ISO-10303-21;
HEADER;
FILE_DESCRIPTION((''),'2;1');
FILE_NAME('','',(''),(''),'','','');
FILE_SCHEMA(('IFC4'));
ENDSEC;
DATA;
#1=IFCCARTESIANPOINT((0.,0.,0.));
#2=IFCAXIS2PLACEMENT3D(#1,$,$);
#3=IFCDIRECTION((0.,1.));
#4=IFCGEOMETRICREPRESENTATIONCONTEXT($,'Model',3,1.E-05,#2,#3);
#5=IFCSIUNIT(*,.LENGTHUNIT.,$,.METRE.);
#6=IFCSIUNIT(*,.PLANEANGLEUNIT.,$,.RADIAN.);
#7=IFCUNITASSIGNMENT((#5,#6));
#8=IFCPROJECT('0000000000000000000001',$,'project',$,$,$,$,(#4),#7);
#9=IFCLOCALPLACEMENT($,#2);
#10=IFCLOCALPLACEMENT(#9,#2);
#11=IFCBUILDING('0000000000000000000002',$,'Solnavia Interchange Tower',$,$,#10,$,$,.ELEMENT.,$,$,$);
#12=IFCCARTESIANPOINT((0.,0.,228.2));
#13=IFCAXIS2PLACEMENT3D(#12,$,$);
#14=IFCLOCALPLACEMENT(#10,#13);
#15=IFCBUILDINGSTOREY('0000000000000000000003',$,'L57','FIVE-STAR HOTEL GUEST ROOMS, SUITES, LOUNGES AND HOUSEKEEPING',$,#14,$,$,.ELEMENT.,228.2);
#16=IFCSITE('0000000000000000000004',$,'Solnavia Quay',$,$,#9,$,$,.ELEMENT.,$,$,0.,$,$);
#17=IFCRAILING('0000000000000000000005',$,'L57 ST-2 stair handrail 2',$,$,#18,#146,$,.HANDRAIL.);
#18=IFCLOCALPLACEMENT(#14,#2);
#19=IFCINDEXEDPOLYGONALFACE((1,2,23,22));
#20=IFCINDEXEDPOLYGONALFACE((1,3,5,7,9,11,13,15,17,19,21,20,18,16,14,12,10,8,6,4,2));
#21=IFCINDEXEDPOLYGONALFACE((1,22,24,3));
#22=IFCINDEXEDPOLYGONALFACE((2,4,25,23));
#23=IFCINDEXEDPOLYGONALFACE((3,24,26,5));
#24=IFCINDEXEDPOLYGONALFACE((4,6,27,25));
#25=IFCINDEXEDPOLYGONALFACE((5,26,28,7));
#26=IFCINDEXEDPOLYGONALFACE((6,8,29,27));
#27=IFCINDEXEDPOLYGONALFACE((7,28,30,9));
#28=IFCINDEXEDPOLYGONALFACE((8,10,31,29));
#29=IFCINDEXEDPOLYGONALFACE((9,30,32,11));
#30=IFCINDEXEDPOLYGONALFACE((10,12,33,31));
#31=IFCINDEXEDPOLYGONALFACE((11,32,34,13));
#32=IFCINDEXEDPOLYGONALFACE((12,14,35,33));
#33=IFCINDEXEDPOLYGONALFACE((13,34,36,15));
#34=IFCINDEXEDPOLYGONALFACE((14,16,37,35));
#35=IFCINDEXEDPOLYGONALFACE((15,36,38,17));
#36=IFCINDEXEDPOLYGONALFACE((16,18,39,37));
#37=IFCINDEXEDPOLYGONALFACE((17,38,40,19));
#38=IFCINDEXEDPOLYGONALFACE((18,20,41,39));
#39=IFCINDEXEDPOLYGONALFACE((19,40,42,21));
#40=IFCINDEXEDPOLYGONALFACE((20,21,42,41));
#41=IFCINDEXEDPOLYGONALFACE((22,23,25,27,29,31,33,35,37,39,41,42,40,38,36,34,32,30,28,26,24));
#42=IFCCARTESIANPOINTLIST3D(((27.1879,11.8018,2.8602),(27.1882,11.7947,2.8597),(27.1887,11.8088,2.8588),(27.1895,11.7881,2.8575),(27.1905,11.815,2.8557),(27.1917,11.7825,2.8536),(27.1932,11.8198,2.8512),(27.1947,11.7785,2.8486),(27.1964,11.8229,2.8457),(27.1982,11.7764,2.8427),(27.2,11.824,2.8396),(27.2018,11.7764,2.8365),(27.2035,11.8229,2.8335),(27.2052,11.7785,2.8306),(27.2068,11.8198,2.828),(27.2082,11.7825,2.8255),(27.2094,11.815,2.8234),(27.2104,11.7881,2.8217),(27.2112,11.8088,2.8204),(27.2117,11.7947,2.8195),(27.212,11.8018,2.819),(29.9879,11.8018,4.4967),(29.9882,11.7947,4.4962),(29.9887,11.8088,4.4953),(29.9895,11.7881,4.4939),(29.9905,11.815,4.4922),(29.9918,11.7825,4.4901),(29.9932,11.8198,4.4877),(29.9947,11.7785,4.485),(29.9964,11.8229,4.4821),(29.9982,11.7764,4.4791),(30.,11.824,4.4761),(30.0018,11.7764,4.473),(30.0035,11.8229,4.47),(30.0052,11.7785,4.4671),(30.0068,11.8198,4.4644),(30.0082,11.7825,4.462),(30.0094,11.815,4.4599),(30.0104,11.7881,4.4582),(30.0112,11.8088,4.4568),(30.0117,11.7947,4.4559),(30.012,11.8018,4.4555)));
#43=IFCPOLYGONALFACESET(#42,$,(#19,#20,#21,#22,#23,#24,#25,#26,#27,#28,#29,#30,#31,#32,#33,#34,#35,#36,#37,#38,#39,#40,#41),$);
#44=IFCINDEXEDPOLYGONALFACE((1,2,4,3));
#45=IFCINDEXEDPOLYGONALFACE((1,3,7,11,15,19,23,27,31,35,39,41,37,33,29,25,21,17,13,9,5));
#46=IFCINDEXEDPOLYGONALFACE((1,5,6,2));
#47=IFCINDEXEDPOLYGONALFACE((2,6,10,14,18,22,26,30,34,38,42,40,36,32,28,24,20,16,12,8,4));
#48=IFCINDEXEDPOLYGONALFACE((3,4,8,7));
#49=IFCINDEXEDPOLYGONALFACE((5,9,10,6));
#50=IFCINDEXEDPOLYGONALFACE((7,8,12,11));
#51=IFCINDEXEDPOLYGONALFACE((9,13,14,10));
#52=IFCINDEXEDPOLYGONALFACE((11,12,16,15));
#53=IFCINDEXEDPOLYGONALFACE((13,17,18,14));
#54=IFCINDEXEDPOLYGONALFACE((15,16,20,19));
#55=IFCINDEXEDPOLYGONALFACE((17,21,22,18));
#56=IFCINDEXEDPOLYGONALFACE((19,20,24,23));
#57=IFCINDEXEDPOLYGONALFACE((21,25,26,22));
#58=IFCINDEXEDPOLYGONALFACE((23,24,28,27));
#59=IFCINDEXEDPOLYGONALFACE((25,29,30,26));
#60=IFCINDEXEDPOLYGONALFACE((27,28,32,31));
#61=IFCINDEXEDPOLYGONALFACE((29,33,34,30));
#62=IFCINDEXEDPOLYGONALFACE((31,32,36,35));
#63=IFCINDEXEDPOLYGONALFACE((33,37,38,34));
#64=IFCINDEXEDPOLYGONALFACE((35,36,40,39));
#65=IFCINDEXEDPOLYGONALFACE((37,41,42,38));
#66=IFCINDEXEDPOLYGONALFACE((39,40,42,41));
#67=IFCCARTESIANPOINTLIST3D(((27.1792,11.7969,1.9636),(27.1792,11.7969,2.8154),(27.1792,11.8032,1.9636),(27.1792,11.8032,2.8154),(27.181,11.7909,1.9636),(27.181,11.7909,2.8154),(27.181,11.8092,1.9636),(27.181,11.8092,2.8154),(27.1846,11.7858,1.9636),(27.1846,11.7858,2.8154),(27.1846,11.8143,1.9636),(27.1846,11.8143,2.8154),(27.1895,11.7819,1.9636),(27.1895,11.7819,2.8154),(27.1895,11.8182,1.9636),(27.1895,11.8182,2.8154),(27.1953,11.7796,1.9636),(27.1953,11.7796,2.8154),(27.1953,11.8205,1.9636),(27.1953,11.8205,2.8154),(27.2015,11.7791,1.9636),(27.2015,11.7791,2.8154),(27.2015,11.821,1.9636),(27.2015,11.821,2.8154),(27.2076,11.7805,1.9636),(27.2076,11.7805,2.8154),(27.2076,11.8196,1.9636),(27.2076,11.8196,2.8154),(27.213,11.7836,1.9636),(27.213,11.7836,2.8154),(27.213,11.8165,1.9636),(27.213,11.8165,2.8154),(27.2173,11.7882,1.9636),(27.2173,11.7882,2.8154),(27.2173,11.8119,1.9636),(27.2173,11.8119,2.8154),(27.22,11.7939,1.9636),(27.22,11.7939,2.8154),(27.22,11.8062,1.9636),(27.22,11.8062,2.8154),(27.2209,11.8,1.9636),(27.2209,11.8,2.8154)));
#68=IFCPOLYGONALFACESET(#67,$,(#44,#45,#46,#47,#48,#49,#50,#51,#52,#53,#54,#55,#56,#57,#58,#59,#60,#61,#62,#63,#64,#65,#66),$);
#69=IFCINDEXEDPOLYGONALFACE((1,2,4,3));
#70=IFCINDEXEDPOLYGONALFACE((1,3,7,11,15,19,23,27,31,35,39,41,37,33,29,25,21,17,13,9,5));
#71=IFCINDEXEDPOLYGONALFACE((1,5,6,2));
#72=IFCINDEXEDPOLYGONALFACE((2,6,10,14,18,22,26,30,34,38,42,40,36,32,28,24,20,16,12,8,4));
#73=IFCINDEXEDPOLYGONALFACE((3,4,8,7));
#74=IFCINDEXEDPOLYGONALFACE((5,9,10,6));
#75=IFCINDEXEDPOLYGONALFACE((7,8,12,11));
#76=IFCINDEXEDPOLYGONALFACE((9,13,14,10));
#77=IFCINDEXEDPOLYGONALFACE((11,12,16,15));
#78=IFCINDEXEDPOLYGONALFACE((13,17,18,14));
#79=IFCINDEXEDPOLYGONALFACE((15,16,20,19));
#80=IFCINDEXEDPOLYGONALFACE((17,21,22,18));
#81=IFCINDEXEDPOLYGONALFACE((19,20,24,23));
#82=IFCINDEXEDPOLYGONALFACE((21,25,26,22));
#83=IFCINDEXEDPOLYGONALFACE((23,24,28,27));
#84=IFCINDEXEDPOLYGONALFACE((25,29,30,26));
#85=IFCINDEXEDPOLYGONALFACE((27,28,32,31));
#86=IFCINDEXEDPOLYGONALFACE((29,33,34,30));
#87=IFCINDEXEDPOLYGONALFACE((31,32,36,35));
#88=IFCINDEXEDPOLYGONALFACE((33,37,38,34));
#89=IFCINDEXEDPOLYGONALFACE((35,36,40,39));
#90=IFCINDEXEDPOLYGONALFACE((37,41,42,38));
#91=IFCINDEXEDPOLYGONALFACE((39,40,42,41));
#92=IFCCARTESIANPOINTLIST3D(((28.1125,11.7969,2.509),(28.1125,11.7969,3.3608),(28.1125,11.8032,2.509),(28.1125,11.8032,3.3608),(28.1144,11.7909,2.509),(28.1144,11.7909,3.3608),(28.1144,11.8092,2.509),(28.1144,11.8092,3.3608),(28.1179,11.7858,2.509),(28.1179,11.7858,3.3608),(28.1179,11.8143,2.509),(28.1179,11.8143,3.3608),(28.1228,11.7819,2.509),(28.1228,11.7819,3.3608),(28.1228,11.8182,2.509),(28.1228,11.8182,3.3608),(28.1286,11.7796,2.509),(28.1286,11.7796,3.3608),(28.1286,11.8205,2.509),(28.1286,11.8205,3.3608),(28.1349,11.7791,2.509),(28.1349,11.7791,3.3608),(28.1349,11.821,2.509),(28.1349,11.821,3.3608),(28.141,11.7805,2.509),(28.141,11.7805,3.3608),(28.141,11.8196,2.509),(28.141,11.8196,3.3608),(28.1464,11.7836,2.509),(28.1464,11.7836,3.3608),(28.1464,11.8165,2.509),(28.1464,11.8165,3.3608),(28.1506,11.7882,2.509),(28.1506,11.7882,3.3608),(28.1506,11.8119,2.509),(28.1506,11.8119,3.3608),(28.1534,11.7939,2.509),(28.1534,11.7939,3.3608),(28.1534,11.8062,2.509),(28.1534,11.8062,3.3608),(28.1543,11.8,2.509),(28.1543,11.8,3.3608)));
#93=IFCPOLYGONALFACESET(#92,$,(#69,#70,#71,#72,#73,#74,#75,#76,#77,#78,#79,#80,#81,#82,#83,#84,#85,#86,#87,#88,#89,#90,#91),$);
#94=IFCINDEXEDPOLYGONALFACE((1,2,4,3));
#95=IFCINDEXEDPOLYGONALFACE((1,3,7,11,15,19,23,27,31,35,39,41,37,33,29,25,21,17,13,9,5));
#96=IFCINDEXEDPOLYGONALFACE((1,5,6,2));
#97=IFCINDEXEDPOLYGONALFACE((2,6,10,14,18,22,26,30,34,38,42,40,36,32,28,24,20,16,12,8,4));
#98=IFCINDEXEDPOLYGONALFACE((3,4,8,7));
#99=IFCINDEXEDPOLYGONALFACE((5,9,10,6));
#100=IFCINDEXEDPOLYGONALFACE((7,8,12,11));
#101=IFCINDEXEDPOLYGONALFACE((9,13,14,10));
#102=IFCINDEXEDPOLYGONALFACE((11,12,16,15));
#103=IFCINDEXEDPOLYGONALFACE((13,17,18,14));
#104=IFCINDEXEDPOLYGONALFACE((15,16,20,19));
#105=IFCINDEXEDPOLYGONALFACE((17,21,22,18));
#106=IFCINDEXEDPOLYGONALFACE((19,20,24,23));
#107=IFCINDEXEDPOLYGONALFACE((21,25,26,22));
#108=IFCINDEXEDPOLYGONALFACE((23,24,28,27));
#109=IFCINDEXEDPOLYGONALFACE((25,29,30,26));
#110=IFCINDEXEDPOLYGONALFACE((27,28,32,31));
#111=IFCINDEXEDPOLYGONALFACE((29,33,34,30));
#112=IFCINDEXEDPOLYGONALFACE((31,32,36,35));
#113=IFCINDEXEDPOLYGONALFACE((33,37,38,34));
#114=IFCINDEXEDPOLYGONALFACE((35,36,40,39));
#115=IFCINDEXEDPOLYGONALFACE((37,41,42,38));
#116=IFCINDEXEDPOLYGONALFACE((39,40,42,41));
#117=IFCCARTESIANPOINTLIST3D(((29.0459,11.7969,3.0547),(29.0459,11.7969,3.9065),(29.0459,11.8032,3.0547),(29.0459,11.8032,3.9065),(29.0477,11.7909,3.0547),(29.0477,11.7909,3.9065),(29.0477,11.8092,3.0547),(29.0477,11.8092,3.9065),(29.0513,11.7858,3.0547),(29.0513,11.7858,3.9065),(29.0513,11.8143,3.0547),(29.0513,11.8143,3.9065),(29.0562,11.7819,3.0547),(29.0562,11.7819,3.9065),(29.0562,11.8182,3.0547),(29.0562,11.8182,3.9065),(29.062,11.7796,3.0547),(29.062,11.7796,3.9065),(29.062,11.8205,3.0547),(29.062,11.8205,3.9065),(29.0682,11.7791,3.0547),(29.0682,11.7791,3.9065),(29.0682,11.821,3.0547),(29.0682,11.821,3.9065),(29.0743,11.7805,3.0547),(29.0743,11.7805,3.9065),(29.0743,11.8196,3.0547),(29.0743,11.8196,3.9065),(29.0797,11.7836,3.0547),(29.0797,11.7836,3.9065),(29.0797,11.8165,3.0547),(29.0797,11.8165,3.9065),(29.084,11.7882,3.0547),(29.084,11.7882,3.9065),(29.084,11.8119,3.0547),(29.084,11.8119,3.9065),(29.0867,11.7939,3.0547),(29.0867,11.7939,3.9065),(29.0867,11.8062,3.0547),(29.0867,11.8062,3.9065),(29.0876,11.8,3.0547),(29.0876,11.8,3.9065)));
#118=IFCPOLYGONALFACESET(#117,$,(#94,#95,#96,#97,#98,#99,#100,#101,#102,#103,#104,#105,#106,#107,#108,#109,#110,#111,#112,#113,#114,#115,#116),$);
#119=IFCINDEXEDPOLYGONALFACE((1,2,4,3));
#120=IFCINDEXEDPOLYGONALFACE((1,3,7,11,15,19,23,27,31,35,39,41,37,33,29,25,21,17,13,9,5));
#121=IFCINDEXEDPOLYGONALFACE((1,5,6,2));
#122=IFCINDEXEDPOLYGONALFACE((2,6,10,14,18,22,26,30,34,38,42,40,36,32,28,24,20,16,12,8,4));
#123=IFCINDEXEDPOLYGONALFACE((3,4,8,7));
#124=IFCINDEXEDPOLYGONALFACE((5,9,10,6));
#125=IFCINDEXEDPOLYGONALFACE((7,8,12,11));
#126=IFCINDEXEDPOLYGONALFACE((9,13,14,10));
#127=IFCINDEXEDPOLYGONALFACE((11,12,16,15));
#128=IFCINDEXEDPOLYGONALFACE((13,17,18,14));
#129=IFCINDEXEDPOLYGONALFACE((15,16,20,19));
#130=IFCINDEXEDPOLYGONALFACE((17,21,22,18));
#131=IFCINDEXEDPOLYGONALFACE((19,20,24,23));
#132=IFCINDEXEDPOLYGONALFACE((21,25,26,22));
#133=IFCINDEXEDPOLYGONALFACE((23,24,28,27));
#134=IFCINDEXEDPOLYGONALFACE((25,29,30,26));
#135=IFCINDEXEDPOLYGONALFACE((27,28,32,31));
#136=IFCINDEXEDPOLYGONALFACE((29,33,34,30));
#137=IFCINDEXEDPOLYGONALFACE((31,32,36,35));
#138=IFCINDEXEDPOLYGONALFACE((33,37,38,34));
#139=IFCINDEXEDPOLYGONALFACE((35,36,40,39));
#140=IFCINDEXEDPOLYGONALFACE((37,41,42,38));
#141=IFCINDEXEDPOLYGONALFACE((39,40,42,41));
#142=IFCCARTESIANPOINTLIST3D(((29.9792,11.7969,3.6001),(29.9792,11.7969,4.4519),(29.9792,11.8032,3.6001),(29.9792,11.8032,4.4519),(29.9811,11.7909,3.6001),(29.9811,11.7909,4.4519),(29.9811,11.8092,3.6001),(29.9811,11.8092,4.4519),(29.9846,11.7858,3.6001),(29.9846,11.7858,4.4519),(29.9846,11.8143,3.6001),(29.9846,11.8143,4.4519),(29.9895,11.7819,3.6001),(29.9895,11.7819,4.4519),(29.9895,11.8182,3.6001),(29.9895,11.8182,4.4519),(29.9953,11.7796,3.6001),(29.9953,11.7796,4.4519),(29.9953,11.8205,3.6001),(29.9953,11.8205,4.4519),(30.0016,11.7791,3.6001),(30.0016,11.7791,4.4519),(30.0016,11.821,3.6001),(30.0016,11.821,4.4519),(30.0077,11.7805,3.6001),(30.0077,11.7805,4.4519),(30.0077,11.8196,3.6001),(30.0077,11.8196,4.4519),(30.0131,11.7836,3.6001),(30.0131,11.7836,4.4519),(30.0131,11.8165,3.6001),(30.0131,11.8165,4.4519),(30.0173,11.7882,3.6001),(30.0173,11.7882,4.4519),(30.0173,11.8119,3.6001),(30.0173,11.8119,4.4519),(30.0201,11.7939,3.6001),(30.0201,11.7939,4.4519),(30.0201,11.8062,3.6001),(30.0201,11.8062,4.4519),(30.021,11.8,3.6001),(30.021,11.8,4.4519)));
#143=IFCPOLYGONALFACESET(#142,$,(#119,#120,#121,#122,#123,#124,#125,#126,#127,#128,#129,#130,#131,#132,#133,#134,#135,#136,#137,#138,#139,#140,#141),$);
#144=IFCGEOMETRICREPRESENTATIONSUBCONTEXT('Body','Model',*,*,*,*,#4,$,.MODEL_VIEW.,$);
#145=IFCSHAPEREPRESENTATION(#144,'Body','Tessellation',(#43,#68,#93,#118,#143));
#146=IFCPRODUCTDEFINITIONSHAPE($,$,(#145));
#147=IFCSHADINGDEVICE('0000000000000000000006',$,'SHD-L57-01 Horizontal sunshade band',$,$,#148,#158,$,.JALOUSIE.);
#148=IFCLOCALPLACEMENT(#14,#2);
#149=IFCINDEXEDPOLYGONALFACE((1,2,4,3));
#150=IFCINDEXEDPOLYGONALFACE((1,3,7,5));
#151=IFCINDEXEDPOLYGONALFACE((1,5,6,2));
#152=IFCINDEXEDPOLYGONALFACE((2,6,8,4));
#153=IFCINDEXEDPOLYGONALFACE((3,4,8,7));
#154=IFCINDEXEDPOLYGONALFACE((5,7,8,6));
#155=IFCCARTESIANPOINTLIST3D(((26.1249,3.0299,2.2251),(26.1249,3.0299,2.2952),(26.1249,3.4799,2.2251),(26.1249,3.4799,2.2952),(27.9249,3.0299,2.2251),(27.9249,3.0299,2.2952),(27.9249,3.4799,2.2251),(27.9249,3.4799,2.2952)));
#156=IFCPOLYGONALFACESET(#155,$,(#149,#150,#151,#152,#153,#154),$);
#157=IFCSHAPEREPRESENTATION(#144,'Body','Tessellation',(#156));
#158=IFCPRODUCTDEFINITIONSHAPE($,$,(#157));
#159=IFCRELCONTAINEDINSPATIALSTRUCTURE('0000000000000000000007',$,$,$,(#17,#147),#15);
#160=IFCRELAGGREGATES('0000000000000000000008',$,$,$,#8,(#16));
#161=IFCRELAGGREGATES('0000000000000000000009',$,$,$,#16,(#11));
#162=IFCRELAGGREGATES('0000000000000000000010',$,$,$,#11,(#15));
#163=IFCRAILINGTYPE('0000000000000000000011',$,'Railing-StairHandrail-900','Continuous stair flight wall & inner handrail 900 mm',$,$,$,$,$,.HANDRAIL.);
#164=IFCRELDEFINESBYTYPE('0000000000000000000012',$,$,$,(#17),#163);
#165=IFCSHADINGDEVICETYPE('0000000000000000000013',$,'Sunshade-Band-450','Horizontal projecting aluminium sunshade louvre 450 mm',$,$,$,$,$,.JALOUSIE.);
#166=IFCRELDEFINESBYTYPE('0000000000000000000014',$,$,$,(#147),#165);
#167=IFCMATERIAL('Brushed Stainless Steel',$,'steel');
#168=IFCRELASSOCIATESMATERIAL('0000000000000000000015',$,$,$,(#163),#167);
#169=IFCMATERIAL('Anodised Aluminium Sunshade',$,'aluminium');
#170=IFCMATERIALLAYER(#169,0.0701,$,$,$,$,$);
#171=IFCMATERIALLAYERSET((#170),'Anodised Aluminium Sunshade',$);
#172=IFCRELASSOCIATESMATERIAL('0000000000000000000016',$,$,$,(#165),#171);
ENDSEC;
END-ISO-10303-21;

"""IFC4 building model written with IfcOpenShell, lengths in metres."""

from ifc_helpers import new_model, si_unit, direction, frame, origin, origin_2d, place, context, subcontext, project, spatial, rectangle, circle, extrude, material, layer, layer_set, type_object, element, save


model = new_model("IFC4")

# Units and contexts
model_context = context("Model", 3, precision=1e-05, world=origin(), true_north=direction((0.0, 1.0)))
body_context = subcontext(model_context, "Body", "Model", "MODEL_VIEW")
ifc_project = project(units=[si_unit("LENGTHUNIT", "METRE"), si_unit("PLANEANGLEUNIT", "RADIAN")], contexts=[model_context])

# Site, building, storey
site_placement = place(None, origin())
site = spatial("IfcSite", under=ifc_project, at=site_placement, Name="Solnavia Quay", CompositionType="ELEMENT", RefElevation=0.0)
building_placement = place(site_placement, origin())
building = spatial("IfcBuilding", under=site, at=building_placement, Name="Solnavia Interchange Tower", CompositionType="ELEMENT")
storey_placement = place(building_placement, frame((0.0, 0.0, 228.2)))
storey = spatial("IfcBuildingStorey", under=building, at=storey_placement, Name="L57", Description="FIVE-STAR HOTEL GUEST ROOMS, SUITES, LOUNGES AND HOUSEKEEPING", CompositionType="ELEMENT", Elevation=228.2)

# Railing
ifc_material_1 = material(Name="Brushed Stainless Steel", Category="steel")
railing_type_1 = type_object("IfcRailingType", Name="Railing-StairHandrail-900", Description="Continuous stair flight wall & inner handrail 900 mm", PredefinedType="HANDRAIL", material=ifc_material_1)
railing_1_placement = place(storey_placement, frame((27.2, 11.8, 1.9636)))
element("IfcRailing", 1, at=railing_1_placement, inside=storey, type_object=railing_type_1, Name="L57 ST-2 stair handrail 2", PredefinedType="HANDRAIL", context=body_context, shape_type="SweptSolid", body=[
    extrude(circle(Radius=0.0239, at=origin_2d()), frame((0.0, 0.0, 0.876), z_axis=(0.863361, 0.0, 0.504587), x_axis=(0.0, 1.0, 0.0)), (0.0, 0.0, 1.0), 3.2432),
    extrude(circle(Radius=0.021, at=origin_2d()), origin(), (0.0, 0.0, 1.0), 0.8518),
    extrude(circle(Radius=0.021, at=origin_2d()), frame((0.9333, 0.0, 0.5454)), (0.0, 0.0, 1.0), 0.8518),
    extrude(circle(Radius=0.021, at=origin_2d()), frame((1.8667, 0.0, 1.0911)), (0.0, 0.0, 1.0), 0.8518),
    extrude(circle(Radius=0.021, at=origin_2d()), frame((2.8, 0.0, 1.6365)), (0.0, 0.0, 1.0), 0.8518),
])

# Shading device
ifc_material_2 = material(Name="Anodised Aluminium Sunshade", Category="aluminium")
ifc_layer_1 = layer(ifc_material_2, 0.0701)
ifc_layer_set_1 = layer_set([ifc_layer_1], Name="Anodised Aluminium Sunshade")
shading_device_type = type_object("IfcShadingDeviceType", Name="Sunshade-Band-450", Description="Horizontal projecting aluminium sunshade louvre 450 mm", PredefinedType="JALOUSIE", material=ifc_layer_set_1)
shading_device_placement = place(storey_placement, frame((27.0249, 3.2549, 2.2251), z_axis=(0.0, 0.0, 1.0), x_axis=(-1.0, 0.0, 0.0)))
element("IfcShadingDevice", 2, at=shading_device_placement, inside=storey, type_object=shading_device_type, Name="SHD-L57-01 Horizontal sunshade band", PredefinedType="JALOUSIE", context=body_context, shape_type="SweptSolid", body=[
    extrude(rectangle(XDim=1.8, YDim=0.45, at=origin_2d()), origin(), (0.0, 0.0, 1.0), 0.0701),
])

save(model, "model.ifc")
